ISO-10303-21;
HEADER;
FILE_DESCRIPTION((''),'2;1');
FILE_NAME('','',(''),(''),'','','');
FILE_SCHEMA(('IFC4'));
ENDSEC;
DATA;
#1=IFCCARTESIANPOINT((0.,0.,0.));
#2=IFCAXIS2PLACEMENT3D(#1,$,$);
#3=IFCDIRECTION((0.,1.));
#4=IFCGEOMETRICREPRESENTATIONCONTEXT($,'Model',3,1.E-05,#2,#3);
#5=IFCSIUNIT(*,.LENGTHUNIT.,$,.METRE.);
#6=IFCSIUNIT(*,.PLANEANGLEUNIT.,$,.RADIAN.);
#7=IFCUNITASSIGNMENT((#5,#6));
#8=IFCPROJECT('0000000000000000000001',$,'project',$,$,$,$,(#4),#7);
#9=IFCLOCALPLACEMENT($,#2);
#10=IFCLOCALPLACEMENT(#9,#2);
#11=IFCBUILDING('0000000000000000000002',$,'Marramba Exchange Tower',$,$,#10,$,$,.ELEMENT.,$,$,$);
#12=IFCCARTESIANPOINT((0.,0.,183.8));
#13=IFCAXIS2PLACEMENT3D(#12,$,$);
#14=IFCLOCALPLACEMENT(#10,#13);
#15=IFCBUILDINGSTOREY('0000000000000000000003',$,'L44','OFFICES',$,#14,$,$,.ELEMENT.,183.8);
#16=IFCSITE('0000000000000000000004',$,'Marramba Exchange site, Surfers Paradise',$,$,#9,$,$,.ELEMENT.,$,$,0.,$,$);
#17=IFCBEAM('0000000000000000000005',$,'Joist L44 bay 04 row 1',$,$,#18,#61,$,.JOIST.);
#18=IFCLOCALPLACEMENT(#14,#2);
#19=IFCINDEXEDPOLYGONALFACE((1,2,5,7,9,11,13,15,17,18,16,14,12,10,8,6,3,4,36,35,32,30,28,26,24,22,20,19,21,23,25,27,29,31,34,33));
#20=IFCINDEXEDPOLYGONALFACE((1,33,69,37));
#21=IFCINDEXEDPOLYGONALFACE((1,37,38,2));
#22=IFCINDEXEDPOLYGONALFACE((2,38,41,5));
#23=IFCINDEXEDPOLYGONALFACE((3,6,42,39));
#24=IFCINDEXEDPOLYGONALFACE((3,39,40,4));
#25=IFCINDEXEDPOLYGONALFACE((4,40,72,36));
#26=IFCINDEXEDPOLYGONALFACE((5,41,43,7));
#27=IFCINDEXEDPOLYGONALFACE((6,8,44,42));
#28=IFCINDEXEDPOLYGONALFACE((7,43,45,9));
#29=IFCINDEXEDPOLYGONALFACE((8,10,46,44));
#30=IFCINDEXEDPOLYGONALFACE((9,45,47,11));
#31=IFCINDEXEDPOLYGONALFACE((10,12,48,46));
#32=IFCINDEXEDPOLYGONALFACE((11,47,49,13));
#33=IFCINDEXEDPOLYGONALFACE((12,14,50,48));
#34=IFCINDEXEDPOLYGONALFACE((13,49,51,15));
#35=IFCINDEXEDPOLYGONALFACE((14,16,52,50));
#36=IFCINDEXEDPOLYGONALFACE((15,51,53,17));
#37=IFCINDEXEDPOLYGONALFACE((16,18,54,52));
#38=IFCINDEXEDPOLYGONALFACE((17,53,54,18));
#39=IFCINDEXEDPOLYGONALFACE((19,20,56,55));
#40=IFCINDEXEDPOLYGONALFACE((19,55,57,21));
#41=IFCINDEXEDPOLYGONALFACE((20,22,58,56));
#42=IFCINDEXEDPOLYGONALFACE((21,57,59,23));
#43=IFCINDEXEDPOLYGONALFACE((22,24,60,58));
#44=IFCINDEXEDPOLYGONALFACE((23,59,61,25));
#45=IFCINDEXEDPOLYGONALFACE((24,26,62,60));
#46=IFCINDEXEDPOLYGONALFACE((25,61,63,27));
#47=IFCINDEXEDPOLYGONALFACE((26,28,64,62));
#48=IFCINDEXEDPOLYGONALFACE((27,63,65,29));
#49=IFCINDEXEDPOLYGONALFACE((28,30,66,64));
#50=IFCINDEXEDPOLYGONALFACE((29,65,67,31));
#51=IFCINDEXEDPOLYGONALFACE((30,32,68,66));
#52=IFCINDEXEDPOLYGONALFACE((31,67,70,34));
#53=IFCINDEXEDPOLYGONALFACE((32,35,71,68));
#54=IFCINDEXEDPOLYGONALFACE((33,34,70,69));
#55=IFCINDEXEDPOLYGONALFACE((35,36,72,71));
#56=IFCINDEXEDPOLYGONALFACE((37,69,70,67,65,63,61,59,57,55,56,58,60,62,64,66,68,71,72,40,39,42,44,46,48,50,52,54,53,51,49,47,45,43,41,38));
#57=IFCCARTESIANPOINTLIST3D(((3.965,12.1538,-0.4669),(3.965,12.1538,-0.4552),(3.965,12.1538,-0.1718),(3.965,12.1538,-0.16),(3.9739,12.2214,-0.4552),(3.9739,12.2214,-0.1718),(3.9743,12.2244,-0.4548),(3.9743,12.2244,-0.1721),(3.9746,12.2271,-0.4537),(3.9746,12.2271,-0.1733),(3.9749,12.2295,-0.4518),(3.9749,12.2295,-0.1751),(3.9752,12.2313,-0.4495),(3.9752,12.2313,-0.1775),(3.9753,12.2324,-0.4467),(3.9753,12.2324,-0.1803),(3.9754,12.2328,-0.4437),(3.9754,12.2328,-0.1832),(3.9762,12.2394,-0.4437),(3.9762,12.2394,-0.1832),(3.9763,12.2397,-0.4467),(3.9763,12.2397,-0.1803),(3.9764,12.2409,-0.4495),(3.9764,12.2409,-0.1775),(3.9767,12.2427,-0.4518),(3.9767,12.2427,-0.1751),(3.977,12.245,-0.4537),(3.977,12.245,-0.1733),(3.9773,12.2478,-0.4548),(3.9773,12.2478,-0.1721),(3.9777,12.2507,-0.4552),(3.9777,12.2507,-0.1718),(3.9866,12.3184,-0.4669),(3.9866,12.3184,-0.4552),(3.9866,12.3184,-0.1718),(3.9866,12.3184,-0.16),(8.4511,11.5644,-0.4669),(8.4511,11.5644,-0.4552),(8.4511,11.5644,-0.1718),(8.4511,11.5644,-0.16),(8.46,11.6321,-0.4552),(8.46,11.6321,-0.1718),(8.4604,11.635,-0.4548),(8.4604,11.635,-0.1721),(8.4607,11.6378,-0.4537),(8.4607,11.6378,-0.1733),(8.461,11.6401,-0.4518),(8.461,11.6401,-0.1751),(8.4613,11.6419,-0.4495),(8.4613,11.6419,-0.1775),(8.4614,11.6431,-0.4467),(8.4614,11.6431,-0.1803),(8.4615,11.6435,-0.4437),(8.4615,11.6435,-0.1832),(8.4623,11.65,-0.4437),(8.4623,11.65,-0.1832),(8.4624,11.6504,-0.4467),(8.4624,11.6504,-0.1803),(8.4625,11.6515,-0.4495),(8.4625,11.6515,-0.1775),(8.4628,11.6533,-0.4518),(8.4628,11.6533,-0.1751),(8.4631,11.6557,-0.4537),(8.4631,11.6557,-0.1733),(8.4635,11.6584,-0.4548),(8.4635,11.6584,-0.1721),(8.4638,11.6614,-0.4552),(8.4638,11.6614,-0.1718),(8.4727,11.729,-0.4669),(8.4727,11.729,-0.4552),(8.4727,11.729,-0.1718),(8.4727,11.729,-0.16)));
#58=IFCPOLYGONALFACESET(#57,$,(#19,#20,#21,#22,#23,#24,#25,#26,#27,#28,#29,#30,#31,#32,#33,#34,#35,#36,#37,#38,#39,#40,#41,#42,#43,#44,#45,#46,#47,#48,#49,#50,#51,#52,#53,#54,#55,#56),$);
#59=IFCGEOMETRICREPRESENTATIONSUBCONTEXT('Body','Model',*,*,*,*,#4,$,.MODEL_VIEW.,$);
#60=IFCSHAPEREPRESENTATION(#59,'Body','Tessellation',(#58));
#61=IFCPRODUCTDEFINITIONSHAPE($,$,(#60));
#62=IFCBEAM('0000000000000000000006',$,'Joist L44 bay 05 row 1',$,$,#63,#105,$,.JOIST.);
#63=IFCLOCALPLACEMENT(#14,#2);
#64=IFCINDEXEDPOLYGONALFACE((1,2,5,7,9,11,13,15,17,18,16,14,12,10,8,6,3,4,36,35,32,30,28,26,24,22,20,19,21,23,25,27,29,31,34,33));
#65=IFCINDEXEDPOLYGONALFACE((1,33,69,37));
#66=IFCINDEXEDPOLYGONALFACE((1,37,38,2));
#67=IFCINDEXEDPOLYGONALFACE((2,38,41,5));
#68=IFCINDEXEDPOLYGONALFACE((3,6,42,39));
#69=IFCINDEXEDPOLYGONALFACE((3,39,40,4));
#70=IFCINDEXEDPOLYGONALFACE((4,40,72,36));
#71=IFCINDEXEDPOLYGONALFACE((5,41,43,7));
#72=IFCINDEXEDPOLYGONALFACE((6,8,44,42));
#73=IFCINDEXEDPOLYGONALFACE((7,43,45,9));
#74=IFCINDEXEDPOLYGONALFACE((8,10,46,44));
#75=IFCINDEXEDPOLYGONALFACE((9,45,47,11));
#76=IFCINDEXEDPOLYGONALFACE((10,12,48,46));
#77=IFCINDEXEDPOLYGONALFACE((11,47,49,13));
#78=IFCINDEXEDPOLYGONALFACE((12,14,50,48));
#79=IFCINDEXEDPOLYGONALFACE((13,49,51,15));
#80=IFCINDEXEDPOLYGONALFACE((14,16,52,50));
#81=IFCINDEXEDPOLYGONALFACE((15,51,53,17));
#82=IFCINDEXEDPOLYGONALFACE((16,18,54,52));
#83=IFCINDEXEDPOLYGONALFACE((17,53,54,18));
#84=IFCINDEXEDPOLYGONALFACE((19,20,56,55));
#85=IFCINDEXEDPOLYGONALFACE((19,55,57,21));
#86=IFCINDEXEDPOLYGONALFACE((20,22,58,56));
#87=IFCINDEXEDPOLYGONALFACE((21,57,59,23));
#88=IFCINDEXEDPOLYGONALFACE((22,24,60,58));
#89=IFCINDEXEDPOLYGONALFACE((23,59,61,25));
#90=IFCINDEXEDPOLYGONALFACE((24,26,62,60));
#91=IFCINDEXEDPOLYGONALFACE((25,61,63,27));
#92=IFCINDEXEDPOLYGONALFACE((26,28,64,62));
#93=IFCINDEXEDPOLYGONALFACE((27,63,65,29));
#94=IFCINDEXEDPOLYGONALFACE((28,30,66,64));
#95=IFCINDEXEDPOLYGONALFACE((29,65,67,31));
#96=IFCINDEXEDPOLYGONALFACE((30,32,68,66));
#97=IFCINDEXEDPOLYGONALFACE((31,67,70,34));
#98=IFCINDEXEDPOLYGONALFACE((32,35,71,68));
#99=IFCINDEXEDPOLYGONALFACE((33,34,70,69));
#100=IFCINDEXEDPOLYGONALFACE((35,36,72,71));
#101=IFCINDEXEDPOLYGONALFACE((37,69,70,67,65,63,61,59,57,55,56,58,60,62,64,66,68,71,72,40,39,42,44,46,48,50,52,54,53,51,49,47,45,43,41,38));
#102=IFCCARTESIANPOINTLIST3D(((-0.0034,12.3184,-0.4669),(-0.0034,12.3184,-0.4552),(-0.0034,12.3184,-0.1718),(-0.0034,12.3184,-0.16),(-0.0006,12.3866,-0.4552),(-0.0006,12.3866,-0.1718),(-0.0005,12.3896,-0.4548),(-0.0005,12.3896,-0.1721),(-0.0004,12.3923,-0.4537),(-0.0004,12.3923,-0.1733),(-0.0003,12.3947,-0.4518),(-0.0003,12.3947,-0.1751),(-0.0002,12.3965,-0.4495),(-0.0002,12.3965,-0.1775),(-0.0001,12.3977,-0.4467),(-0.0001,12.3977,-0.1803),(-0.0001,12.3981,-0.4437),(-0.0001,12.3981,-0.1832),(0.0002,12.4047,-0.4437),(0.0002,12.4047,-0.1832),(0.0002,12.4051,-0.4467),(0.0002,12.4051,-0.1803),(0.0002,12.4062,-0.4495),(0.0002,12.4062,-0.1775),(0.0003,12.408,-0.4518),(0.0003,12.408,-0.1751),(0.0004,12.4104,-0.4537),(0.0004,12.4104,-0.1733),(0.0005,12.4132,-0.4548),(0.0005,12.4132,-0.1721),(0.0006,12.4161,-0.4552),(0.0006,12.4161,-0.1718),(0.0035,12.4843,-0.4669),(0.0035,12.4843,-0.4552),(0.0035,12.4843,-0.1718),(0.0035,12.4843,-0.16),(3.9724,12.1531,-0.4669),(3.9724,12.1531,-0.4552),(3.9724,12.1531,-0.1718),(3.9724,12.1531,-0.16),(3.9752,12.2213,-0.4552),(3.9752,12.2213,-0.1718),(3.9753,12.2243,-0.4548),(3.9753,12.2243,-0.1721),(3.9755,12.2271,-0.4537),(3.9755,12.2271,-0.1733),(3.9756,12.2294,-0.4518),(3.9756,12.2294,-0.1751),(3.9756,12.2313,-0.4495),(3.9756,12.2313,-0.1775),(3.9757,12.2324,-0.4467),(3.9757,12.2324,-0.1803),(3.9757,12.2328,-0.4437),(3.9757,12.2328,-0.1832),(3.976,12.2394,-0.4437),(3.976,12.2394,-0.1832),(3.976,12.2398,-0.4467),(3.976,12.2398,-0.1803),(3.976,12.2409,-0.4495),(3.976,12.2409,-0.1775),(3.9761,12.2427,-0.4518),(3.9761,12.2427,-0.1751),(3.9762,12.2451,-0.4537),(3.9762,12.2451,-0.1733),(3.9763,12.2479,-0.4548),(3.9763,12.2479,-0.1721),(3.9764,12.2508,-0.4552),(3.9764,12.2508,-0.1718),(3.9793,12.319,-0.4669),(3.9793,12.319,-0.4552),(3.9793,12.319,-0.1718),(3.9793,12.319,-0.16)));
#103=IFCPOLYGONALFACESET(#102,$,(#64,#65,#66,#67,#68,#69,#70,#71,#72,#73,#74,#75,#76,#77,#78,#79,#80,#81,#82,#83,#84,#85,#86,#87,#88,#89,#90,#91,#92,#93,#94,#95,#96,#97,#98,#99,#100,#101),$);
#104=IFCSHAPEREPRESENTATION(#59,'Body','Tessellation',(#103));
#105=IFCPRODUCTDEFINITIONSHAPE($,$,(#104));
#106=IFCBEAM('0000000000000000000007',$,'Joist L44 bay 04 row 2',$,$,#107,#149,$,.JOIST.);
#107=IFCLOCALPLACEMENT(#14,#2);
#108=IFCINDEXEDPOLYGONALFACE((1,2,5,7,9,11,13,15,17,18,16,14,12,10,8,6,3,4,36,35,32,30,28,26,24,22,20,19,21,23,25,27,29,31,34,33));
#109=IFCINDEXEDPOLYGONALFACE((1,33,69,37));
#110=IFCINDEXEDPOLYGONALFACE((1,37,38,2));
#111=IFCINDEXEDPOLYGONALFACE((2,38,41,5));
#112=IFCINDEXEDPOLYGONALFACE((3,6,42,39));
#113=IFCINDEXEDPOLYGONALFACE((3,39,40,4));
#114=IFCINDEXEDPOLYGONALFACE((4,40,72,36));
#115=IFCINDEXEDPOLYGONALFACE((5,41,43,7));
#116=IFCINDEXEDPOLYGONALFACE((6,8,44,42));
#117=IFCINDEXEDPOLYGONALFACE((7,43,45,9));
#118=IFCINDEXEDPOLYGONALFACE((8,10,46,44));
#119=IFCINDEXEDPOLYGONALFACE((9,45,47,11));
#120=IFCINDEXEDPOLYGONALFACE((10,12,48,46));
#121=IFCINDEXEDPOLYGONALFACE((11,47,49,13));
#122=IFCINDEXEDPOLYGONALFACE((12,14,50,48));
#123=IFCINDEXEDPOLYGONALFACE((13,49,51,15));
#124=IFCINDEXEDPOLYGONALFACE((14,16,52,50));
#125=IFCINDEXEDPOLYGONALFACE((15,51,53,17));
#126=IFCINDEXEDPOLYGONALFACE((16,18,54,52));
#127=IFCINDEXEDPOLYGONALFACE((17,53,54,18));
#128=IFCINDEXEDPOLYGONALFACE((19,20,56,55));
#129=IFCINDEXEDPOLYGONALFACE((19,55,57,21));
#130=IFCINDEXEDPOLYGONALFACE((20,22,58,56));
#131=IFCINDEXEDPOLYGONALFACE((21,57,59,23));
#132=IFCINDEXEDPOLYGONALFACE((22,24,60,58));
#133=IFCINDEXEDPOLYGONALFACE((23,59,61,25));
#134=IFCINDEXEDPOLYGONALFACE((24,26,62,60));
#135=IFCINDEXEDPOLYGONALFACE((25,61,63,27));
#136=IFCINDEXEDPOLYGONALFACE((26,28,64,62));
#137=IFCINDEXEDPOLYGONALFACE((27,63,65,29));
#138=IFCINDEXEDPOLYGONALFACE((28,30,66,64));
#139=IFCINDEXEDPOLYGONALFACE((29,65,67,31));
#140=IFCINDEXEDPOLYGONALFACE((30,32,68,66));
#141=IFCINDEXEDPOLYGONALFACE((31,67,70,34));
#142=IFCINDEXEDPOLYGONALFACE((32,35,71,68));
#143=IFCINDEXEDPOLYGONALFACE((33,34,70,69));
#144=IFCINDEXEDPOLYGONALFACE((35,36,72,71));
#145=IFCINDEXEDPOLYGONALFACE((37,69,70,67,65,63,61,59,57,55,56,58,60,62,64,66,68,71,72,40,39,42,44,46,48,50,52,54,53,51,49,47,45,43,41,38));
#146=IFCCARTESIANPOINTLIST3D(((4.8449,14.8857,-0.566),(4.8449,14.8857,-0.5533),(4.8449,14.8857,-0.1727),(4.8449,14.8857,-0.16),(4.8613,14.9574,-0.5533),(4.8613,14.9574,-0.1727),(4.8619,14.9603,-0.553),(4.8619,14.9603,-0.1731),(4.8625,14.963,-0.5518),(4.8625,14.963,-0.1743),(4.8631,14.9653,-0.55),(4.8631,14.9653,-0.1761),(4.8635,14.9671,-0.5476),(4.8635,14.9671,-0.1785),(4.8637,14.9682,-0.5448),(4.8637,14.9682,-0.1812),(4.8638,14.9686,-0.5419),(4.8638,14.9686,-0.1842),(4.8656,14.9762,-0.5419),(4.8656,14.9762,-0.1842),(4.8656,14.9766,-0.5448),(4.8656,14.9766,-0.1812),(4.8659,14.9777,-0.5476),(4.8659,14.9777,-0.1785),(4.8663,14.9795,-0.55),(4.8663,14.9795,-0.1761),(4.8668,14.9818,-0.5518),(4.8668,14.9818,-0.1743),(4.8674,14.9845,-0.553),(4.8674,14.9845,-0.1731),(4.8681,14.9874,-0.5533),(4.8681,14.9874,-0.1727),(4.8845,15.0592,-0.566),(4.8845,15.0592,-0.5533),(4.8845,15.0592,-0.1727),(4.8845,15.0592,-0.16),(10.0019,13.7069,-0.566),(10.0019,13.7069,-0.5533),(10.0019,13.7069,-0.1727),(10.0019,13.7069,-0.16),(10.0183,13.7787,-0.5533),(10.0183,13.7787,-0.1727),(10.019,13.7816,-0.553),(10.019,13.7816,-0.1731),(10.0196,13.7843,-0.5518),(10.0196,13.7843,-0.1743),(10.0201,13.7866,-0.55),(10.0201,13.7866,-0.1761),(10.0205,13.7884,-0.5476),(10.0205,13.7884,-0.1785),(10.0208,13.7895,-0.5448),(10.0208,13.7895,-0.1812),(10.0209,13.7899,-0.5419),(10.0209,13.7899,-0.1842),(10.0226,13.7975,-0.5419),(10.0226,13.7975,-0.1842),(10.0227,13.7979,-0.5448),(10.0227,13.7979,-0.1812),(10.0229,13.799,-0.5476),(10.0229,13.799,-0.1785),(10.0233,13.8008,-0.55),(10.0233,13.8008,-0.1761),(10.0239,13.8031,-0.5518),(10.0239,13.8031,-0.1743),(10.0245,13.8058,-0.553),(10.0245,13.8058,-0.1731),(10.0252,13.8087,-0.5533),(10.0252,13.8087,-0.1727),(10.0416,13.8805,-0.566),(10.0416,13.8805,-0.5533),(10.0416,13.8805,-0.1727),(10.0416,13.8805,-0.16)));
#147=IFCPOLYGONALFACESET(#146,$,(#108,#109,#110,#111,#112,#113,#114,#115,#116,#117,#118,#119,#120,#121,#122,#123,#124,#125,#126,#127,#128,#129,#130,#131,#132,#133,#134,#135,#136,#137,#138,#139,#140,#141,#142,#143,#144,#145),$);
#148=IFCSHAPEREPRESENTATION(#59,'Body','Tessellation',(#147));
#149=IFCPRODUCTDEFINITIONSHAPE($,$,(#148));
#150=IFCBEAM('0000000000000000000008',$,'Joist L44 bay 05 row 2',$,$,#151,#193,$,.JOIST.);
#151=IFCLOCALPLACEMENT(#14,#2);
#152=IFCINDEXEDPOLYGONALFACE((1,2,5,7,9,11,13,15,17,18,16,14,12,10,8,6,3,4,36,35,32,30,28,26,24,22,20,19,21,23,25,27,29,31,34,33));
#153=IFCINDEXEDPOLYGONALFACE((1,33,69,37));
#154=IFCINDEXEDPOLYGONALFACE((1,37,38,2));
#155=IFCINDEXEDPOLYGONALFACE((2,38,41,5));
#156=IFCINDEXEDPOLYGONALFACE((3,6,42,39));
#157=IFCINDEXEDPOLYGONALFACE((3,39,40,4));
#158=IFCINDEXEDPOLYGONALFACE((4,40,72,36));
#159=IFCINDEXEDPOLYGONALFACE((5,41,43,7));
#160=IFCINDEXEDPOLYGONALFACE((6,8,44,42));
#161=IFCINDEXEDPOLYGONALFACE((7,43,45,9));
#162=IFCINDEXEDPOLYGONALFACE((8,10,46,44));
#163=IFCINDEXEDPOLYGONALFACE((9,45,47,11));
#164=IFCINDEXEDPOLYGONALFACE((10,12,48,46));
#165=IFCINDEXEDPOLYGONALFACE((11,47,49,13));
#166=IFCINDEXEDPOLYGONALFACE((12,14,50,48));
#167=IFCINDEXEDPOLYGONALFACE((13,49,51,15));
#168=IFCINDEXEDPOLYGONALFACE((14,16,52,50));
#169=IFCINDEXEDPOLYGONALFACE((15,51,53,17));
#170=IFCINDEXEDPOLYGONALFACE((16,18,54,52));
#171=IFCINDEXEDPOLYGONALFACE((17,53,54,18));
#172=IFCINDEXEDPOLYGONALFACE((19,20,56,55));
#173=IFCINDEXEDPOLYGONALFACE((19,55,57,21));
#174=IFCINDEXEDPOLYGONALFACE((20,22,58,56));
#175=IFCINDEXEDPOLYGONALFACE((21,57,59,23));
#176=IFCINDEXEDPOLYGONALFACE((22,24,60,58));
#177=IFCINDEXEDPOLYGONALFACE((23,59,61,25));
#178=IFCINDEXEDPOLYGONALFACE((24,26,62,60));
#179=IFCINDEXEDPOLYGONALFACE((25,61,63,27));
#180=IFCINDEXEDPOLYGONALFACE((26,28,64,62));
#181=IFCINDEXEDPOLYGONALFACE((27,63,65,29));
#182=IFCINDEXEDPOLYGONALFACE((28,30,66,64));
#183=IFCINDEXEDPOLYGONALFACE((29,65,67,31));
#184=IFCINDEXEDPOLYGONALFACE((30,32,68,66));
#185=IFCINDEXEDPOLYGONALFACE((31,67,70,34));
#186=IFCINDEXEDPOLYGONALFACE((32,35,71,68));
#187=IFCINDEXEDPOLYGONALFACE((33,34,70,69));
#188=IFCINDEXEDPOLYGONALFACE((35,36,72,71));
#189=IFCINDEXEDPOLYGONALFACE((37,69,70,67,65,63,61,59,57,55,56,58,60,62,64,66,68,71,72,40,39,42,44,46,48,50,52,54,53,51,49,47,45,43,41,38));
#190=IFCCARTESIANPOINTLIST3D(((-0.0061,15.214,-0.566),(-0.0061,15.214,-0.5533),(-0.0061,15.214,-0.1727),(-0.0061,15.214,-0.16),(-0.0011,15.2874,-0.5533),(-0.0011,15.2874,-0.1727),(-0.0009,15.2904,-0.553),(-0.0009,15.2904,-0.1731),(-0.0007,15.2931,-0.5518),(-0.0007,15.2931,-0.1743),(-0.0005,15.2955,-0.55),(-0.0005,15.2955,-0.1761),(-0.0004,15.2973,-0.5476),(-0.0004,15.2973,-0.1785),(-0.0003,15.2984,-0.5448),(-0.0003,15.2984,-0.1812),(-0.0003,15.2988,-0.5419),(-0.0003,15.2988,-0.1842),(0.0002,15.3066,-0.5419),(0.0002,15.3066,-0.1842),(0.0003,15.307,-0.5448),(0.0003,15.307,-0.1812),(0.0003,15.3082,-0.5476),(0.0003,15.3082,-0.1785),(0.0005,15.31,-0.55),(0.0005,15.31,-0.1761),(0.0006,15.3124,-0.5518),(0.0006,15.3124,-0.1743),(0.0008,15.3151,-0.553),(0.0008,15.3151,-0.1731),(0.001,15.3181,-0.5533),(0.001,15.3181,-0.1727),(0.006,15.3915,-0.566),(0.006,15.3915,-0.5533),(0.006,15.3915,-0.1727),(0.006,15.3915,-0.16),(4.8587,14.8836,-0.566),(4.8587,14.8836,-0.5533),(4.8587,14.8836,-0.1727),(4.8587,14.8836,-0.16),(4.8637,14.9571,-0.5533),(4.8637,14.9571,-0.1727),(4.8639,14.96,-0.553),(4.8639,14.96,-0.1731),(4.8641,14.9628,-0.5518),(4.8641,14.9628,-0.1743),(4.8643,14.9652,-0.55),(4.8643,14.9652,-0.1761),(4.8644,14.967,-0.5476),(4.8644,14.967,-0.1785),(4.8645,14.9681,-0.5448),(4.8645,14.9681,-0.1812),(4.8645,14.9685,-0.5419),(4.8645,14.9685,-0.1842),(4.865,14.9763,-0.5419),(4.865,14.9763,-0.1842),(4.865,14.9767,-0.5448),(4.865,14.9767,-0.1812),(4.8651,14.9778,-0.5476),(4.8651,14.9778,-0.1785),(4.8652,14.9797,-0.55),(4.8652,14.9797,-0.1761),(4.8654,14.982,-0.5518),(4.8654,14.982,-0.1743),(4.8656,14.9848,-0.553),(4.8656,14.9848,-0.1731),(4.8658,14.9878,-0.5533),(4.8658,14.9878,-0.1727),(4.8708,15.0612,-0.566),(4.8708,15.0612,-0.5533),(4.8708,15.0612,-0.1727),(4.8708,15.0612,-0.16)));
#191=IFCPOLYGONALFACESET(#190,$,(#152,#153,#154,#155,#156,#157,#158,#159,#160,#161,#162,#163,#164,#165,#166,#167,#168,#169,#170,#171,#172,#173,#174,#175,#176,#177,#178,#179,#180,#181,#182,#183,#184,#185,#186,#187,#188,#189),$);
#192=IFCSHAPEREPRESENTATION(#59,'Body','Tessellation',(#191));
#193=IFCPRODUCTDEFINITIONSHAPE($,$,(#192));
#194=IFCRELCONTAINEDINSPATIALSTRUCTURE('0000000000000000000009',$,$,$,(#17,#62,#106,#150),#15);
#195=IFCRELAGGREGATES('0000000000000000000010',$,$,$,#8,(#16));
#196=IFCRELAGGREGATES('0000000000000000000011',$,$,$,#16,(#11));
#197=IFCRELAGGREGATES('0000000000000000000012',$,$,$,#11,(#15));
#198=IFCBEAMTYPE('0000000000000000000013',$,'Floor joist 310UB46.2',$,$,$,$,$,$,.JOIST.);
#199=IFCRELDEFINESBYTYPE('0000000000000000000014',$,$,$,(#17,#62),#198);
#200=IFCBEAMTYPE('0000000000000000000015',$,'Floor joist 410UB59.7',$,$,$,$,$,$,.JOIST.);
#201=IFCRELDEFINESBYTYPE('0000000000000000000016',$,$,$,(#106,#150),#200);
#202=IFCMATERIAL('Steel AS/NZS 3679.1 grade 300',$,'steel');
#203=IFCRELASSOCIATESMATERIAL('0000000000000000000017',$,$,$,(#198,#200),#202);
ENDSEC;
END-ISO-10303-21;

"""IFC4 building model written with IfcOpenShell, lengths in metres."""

from ifc_helpers import new_model, si_unit, direction, frame, origin, origin_2d, place, context, subcontext, project, spatial, i_section, extrude, material, material_profile, profile_set, type_object, element, save


model = new_model("IFC4")

# Units and contexts
model_context = context("Model", 3, precision=1e-05, world=origin(), true_north=direction((0.0, 1.0)))
body_context = subcontext(model_context, "Body", "Model", "MODEL_VIEW")
ifc_project = project(units=[si_unit("LENGTHUNIT", "METRE"), si_unit("PLANEANGLEUNIT", "RADIAN")], contexts=[model_context])

# Site, building, storey
site_placement = place(None, origin())
site = spatial("IfcSite", under=ifc_project, at=site_placement, Name="Marramba Exchange site, Surfers Paradise", CompositionType="ELEMENT", RefElevation=0.0)
building_placement = place(site_placement, origin())
building = spatial("IfcBuilding", under=site, at=building_placement, Name="Marramba Exchange Tower", CompositionType="ELEMENT")
storey_placement = place(building_placement, frame((0.0, 0.0, 183.8)))
storey = spatial("IfcBuildingStorey", under=building, at=storey_placement, Name="L44", Description="OFFICES", CompositionType="ELEMENT", Elevation=183.8)

# Beams
ifc_material_1 = material(Name="Steel AS/NZS 3679.1 grade 300", Category="steel")
ifc_material_profile_1 = material_profile(ifc_material_1, i_section(OverallWidth=0.166, OverallDepth=0.3069, WebThickness=0.0066, FlangeThickness=0.0117, FilletRadius=0.0115, at=origin_2d()), Name="310UB46.2")
ifc_profile_set_1 = profile_set([ifc_material_profile_1], Name="Steel AS/NZS 3679.1 grade 300")
beam_type_1 = type_object("IfcBeamType", Name="Floor joist 310UB46.2", PredefinedType="JOIST", material=ifc_profile_set_1)
beam_1_placement = place(storey_placement, frame((8.4619, 11.6467, -0.3135), z_axis=(-0.991481, 0.130255, 0.0), x_axis=(-0.130255, -0.991481, 0.0)))
element("IfcBeam", 1, at=beam_1_placement, inside=storey, type_object=beam_type_1, Name="Joist L44 bay 04 row 1", PredefinedType="JOIST", context=body_context, shape_type="SweptSolid", body=[
    extrude(i_section(OverallWidth=0.166, OverallDepth=0.3069, WebThickness=0.0066, FlangeThickness=0.0117, FilletRadius=0.0115, at=origin_2d()), origin(), (0.0, 0.0, 1.0), 4.5247),
])
beam_2_placement = place(storey_placement, frame((3.9758, 12.2361, -0.3135), z_axis=(-0.999137, 0.041536, 0.0), x_axis=(-0.041536, -0.999137, 0.0)))
element("IfcBeam", 2, at=beam_2_placement, inside=storey, type_object=beam_type_1, Name="Joist L44 bay 05 row 1", PredefinedType="JOIST", context=body_context, shape_type="SweptSolid", body=[
    extrude(i_section(OverallWidth=0.166, OverallDepth=0.3069, WebThickness=0.0066, FlangeThickness=0.0117, FilletRadius=0.0115, at=origin_2d()), origin(), (0.0, 0.0, 1.0), 3.9792),
])
ifc_material_profile_2 = material_profile(ifc_material_1, i_section(OverallWidth=0.178, OverallDepth=0.406, WebThickness=0.0078, FlangeThickness=0.0127, FilletRadius=0.0115, at=origin_2d()), Name="410UB59.7")
ifc_profile_set_2 = profile_set([ifc_material_profile_2], Name="Steel AS/NZS 3679.1 grade 300")
beam_type_2 = type_object("IfcBeamType", Name="Floor joist 410UB59.7", PredefinedType="JOIST", material=ifc_profile_set_2)
beam_3_placement = place(storey_placement, frame((10.0217, 13.7937, -0.363), z_axis=(-0.97486, 0.22282, 0.0), x_axis=(-0.22282, -0.97486, 0.0)))
element("IfcBeam", 3, at=beam_3_placement, inside=storey, type_object=beam_type_2, Name="Joist L44 bay 04 row 2", PredefinedType="JOIST", context=body_context, shape_type="SweptSolid", body=[
    extrude(i_section(OverallWidth=0.178, OverallDepth=0.406, WebThickness=0.0078, FlangeThickness=0.0127, FilletRadius=0.0115, at=origin_2d()), origin(), (0.0, 0.0, 1.0), 5.29),
])
beam_4_placement = place(storey_placement, frame((4.8647, 14.9724, -0.363), z_axis=(-0.997703, 0.067745, 0.0), x_axis=(-0.067745, -0.997703, 0.0)))
element("IfcBeam", 4, at=beam_4_placement, inside=storey, type_object=beam_type_2, Name="Joist L44 bay 05 row 2", PredefinedType="JOIST", context=body_context, shape_type="SweptSolid", body=[
    extrude(i_section(OverallWidth=0.178, OverallDepth=0.406, WebThickness=0.0078, FlangeThickness=0.0127, FilletRadius=0.0115, at=origin_2d()), origin(), (0.0, 0.0, 1.0), 4.876),
])

save(model, "model.ifc")
